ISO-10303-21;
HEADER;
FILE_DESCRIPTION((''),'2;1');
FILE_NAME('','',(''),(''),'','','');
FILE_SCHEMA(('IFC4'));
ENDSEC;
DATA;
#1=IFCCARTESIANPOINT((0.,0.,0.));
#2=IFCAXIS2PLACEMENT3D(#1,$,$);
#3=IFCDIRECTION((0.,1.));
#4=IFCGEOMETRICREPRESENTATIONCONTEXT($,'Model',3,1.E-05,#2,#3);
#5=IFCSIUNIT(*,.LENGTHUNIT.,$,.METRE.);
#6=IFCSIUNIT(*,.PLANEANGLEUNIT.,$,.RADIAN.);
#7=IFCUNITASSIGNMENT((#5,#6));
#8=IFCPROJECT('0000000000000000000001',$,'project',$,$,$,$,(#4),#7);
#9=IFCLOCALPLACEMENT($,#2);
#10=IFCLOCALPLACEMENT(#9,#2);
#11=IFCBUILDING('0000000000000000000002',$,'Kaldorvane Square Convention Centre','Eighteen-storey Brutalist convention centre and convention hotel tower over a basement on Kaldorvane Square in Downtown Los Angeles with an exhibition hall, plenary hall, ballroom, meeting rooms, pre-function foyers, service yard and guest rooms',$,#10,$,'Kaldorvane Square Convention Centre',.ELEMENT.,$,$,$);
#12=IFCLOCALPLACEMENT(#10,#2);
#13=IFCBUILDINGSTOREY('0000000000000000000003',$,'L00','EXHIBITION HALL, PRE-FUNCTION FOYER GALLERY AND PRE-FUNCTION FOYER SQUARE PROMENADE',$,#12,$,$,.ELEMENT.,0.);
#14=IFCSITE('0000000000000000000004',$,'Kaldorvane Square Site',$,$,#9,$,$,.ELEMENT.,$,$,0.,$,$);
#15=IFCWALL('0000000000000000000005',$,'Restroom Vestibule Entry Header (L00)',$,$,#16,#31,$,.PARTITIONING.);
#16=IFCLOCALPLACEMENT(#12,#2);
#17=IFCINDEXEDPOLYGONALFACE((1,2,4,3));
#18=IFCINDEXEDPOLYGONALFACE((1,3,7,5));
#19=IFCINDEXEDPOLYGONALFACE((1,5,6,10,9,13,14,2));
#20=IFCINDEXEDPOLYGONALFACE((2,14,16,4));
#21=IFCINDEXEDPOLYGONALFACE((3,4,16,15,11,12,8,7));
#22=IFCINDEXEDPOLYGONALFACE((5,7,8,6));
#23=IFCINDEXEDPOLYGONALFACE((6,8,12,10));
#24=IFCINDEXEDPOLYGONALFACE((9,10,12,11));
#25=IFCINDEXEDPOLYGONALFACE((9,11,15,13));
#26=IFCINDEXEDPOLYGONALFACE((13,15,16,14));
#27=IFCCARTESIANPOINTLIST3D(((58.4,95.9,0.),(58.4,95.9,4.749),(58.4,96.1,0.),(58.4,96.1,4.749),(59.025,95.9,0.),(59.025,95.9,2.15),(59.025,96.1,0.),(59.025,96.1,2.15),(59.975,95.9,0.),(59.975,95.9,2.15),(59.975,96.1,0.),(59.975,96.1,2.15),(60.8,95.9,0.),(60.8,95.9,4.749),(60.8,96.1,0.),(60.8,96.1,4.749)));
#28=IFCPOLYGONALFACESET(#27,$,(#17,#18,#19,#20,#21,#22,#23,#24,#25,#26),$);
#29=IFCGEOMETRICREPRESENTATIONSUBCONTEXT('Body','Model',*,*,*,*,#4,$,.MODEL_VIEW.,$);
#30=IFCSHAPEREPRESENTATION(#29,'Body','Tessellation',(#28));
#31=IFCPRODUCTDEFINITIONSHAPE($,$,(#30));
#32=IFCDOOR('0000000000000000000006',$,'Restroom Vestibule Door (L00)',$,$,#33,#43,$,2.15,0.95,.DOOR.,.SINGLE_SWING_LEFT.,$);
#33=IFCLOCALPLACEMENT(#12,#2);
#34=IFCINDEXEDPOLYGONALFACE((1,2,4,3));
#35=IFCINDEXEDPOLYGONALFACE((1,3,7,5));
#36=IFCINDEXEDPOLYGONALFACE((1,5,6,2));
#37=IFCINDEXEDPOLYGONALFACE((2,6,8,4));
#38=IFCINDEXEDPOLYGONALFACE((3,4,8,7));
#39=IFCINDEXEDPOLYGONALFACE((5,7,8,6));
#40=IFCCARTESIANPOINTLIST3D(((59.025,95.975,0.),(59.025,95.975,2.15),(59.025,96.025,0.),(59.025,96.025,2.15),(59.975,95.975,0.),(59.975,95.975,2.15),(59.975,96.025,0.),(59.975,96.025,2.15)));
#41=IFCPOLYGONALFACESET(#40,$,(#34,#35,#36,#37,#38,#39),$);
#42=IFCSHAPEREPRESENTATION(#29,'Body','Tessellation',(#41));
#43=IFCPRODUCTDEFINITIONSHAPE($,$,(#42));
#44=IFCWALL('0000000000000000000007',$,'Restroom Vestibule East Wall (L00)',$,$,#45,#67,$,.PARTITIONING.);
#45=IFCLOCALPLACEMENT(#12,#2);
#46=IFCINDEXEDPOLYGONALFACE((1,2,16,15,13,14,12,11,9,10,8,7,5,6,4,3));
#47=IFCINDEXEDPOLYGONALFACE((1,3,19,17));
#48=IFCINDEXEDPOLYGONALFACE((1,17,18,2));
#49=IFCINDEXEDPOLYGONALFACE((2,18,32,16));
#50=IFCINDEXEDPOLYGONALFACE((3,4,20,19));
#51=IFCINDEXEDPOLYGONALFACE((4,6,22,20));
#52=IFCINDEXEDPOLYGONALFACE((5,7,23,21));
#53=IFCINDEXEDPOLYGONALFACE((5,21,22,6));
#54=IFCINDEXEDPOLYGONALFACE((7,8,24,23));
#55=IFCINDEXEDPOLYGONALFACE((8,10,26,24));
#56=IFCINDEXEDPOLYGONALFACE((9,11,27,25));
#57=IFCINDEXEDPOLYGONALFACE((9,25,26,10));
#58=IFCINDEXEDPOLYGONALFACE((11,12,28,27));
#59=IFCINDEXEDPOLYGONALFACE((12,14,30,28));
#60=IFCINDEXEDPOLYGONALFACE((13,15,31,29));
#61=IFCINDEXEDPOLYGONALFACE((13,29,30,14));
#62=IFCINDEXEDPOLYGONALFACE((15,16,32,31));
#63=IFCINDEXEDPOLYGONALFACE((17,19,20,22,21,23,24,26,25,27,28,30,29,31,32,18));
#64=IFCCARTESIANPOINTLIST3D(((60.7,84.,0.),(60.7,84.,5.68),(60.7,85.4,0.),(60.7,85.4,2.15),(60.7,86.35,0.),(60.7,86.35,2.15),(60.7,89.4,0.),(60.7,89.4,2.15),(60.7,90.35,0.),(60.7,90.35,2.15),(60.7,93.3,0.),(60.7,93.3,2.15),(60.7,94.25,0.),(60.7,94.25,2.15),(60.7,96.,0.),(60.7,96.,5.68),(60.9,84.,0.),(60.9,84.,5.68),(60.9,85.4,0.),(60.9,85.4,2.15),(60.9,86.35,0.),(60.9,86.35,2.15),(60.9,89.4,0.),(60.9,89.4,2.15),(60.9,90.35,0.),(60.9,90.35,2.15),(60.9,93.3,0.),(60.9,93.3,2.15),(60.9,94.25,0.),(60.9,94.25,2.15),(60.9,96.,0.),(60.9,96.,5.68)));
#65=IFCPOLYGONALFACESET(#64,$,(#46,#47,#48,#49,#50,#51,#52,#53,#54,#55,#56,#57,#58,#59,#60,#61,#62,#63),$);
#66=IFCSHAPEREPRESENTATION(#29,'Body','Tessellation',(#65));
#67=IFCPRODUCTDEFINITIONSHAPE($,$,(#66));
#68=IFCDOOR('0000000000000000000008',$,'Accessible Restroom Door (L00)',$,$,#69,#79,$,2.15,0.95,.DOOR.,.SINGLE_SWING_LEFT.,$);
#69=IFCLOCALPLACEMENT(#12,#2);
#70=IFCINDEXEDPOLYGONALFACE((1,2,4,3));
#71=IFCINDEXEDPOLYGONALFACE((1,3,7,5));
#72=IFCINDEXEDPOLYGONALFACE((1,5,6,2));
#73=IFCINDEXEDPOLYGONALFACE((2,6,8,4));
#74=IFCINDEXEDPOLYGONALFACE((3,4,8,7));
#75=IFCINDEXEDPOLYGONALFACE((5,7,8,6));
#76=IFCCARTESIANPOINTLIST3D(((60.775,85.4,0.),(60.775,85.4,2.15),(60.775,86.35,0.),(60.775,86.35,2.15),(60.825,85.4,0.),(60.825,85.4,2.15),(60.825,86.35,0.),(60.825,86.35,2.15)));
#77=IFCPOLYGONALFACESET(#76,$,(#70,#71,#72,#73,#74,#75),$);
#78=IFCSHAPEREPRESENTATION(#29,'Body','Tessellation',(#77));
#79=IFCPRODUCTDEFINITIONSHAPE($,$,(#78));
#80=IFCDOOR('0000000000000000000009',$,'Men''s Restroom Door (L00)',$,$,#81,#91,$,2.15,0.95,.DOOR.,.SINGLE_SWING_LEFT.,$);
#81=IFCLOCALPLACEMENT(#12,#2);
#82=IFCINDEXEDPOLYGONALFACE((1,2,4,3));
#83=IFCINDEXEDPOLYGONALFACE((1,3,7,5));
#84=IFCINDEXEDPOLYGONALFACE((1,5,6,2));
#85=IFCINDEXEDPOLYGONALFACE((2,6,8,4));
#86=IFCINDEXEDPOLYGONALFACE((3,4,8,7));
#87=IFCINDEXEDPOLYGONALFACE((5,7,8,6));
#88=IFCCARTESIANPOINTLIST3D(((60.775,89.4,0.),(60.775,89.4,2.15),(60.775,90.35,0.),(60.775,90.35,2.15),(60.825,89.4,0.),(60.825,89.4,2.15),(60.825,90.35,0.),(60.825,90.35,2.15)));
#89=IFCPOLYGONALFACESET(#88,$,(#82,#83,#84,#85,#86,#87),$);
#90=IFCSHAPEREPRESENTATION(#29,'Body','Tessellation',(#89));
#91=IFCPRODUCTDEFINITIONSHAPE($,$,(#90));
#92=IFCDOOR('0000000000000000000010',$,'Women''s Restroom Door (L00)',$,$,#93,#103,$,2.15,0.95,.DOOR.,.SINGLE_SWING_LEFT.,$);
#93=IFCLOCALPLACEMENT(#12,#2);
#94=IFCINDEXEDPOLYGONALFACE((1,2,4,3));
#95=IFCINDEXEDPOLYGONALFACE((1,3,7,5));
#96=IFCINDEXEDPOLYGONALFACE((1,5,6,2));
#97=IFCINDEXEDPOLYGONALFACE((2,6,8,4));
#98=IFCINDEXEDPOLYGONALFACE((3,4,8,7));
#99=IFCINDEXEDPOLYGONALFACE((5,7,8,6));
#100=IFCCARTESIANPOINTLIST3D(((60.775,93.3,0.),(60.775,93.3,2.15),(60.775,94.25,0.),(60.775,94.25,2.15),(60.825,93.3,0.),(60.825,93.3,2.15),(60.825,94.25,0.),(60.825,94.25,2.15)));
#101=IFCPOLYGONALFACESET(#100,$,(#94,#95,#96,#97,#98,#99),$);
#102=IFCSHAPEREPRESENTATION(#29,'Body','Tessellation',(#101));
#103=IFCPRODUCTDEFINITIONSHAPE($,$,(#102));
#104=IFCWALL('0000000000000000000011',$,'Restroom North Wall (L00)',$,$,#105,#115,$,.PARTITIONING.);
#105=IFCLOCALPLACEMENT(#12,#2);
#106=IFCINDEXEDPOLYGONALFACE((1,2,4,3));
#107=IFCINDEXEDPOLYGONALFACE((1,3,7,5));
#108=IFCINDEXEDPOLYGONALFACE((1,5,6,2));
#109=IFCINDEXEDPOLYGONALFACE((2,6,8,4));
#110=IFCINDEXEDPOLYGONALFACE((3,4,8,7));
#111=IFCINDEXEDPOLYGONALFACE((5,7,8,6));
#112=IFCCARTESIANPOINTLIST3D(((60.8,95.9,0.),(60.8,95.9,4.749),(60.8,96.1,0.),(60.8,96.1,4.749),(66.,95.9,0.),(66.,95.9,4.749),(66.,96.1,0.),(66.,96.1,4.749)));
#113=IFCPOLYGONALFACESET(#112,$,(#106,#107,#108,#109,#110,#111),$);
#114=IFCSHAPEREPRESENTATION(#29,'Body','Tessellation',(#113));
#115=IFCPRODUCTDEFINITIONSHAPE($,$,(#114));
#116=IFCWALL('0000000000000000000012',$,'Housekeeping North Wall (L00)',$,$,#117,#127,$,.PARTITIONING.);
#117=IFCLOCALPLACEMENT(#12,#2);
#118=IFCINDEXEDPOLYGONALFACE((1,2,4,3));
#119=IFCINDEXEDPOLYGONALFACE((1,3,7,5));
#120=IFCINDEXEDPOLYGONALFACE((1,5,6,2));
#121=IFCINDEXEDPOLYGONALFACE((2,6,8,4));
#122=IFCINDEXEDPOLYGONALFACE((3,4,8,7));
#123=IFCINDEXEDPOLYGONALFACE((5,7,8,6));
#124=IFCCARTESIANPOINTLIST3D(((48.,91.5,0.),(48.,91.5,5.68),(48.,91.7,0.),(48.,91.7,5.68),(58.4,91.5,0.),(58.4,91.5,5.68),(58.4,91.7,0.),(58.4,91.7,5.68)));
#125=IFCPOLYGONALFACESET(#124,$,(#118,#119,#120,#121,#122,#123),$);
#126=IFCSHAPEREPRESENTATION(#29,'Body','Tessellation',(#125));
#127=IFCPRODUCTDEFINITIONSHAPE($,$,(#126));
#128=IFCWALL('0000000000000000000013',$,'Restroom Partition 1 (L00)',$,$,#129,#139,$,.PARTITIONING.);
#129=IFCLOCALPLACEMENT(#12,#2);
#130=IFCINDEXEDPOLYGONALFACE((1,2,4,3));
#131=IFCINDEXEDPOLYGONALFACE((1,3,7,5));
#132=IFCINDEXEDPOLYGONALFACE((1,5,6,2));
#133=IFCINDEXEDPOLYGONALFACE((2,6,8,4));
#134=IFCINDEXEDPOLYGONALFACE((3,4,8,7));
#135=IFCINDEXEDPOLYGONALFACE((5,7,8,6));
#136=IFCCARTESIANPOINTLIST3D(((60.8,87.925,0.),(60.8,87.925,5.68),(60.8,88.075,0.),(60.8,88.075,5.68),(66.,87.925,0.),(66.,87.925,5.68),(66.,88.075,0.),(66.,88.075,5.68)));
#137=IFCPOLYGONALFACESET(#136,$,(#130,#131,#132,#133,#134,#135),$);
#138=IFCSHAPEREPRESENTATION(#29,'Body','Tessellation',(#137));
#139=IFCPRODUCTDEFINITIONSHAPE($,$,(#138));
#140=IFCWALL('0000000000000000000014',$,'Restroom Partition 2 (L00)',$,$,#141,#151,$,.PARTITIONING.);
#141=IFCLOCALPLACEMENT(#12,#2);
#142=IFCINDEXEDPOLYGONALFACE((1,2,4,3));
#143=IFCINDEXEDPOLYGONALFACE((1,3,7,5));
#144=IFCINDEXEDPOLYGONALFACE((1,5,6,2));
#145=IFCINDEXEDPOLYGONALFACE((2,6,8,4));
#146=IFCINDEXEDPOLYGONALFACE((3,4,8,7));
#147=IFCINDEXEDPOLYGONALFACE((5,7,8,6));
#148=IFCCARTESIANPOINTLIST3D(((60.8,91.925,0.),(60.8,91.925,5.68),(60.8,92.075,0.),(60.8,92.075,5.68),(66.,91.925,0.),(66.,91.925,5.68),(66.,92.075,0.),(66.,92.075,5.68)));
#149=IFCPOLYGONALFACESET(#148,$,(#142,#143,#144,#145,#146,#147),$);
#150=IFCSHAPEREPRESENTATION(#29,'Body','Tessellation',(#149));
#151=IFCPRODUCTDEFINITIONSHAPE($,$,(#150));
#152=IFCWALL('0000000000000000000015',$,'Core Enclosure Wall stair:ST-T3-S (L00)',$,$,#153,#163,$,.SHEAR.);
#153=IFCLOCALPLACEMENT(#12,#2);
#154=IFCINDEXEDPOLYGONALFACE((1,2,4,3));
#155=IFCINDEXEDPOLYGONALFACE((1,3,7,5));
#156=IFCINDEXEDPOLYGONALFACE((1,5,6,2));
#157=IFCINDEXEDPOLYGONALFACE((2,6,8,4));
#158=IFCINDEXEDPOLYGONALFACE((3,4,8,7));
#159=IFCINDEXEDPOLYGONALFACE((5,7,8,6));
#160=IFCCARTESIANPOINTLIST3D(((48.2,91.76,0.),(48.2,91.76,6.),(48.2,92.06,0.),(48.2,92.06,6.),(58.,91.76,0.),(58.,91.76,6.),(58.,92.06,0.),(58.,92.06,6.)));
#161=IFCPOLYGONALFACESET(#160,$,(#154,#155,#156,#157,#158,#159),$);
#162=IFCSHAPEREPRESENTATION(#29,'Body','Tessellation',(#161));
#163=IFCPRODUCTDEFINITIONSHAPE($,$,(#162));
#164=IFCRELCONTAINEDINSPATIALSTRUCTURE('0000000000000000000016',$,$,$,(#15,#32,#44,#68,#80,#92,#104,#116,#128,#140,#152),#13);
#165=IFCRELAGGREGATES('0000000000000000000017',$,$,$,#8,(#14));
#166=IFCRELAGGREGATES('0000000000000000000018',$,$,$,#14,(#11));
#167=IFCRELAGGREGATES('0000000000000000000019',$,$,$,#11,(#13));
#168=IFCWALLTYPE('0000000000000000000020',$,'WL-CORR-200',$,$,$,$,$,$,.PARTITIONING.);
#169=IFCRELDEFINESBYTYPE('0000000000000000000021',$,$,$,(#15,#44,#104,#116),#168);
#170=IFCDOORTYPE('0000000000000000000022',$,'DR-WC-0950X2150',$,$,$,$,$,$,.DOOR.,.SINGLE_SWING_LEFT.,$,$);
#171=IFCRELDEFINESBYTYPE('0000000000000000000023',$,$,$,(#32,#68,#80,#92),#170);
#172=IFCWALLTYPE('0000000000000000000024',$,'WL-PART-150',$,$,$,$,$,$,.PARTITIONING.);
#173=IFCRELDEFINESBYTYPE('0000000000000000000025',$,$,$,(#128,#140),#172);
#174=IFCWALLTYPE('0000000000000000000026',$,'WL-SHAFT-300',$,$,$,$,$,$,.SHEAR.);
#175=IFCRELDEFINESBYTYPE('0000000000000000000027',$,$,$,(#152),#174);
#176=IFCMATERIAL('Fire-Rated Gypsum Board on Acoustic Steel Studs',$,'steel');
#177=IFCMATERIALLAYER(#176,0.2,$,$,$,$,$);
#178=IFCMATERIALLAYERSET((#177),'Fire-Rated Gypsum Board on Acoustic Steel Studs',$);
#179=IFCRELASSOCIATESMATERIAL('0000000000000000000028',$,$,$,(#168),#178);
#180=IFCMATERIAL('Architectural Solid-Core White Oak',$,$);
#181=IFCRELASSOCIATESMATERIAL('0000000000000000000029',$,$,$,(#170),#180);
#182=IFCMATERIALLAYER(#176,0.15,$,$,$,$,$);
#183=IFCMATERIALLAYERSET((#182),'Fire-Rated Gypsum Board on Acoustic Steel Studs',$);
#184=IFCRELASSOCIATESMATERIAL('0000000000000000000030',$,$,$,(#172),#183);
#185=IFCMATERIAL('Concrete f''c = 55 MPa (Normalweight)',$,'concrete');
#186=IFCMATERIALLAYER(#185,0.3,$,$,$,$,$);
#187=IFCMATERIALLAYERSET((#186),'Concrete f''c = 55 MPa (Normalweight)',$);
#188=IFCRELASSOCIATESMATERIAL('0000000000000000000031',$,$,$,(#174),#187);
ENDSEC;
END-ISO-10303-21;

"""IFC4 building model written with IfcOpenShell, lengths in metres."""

from ifc_helpers import new_model, si_unit, direction, frame, frame_2d, origin, place, context, subcontext, project, spatial, rectangle, extrude, material, layer, layer_set, type_object, element, fill, save


model = new_model("IFC4")

# Units and contexts
model_context = context("Model", 3, precision=1e-05, world=origin(), true_north=direction((0.0, 1.0)))
body_context = subcontext(model_context, "Body", "Model", "MODEL_VIEW")
ifc_project = project(units=[si_unit("LENGTHUNIT", "METRE"), si_unit("PLANEANGLEUNIT", "RADIAN")], contexts=[model_context])

# Site, building, storey
site_placement = place(None, origin())
site = spatial("IfcSite", under=ifc_project, at=site_placement, Name="Kaldorvane Square Site", CompositionType="ELEMENT", RefElevation=0.0)
building_placement = place(site_placement, origin())
building = spatial("IfcBuilding", under=site, at=building_placement, Name="Kaldorvane Square Convention Centre", Description="Eighteen-storey Brutalist convention centre and convention hotel tower over a basement on Kaldorvane Square in Downtown Los Angeles with an exhibition hall, plenary hall, ballroom, meeting rooms, pre-function foyers, service yard and guest rooms", LongName="Kaldorvane Square Convention Centre", CompositionType="ELEMENT")
storey_placement = place(building_placement, origin())
storey = spatial("IfcBuildingStorey", under=building, at=storey_placement, Name="L00", Description="EXHIBITION HALL, PRE-FUNCTION FOYER GALLERY AND PRE-FUNCTION FOYER SQUARE PROMENADE", CompositionType="ELEMENT", Elevation=0.0)

# Wall, opening, door
ifc_material_1 = material(Name="Fire-Rated Gypsum Board on Acoustic Steel Studs", Category="steel")
ifc_layer_1 = layer(ifc_material_1, 0.2)
ifc_layer_set_1 = layer_set([ifc_layer_1], Name="Fire-Rated Gypsum Board on Acoustic Steel Studs")
wall_type_1 = type_object("IfcWallType", Name="WL-CORR-200", PredefinedType="PARTITIONING", material=ifc_layer_set_1)
wall_1_placement = place(storey_placement, frame((58.4, 96.0, 0.0), z_axis=(0.0, 0.0, 1.0), x_axis=(1.0, 0.0, 0.0)))
wall_1 = element("IfcWall", 1, at=wall_1_placement, inside=storey, type_object=wall_type_1, Name="Restroom Vestibule Entry Header (L00)", PredefinedType="PARTITIONING", context=body_context, shape_type="SweptSolid", body=[
    extrude(rectangle(XDim=2.4, YDim=0.2, at=frame_2d((1.2, 0.0))), origin(), (0.0, 0.0, 1.0), 4.749),
])
opening_1_placement = place(wall_1_placement, frame((0.625, 0.0, 0.0)))
opening_1 = element("IfcOpeningElement", 2, at=opening_1_placement, cuts=wall_1, PredefinedType="OPENING", context=body_context, shape_type="SweptSolid", body=[
    extrude(rectangle(XDim=0.95, YDim=2.15, at=frame_2d((0.475, 1.075))), frame((0.0, 0.115, 0.0), z_axis=(0.0, -1.0, 0.0), x_axis=(1.0, 0.0, 0.0)), (0.0, 0.0, 1.0), 0.23),
])
ifc_material_2 = material(Name="Architectural Solid-Core White Oak")
door_type_1 = type_object("IfcDoorType", Name="DR-WC-0950X2150", OperationType="SINGLE_SWING_LEFT", PredefinedType="DOOR", material=ifc_material_2)
door_1_placement = place(opening_1_placement, origin())
door_1 = element("IfcDoor", 3, at=door_1_placement, inside=storey, type_object=door_type_1, Name="Restroom Vestibule Door (L00)", OperationType="SINGLE_SWING_LEFT", OverallHeight=2.15, OverallWidth=0.95, PredefinedType="DOOR", context=body_context, shape_type="SweptSolid", body=[
    extrude(rectangle(XDim=0.95, YDim=2.15, at=frame_2d((0.475, 1.075))), frame((0.0, 0.025, 0.0), z_axis=(0.0, -1.0, 0.0), x_axis=(1.0, 0.0, 0.0)), (0.0, 0.0, 1.0), 0.05),
])
fill(opening_1, door_1)

# Wall, openings, doors
wall_2_placement = place(storey_placement, frame((60.8, 84.0, 0.0), z_axis=(0.0, 0.0, 1.0), x_axis=(0.0, 1.0, 0.0)))
wall_2 = element("IfcWall", 4, at=wall_2_placement, inside=storey, type_object=wall_type_1, Name="Restroom Vestibule East Wall (L00)", PredefinedType="PARTITIONING", context=body_context, shape_type="SweptSolid", body=[
    extrude(rectangle(XDim=12.0, YDim=0.2, at=frame_2d((6.0, 0.0))), origin(), (0.0, 0.0, 1.0), 5.68),
])
opening_2_placement = place(wall_2_placement, frame((1.4, 0.0, 0.0)))
opening_2 = element("IfcOpeningElement", 5, at=opening_2_placement, cuts=wall_2, PredefinedType="OPENING", context=body_context, shape_type="SweptSolid", body=[
    extrude(rectangle(XDim=0.95, YDim=2.15, at=frame_2d((0.475, 1.075))), frame((0.0, 0.115, 0.0), z_axis=(0.0, -1.0, 0.0), x_axis=(1.0, 0.0, 0.0)), (0.0, 0.0, 1.0), 0.23),
])
opening_3_placement = place(wall_2_placement, frame((5.4, 0.0, 0.0)))
opening_3 = element("IfcOpeningElement", 6, at=opening_3_placement, cuts=wall_2, PredefinedType="OPENING", context=body_context, shape_type="SweptSolid", body=[
    extrude(rectangle(XDim=0.95, YDim=2.15, at=frame_2d((0.475, 1.075))), frame((0.0, 0.115, 0.0), z_axis=(0.0, -1.0, 0.0), x_axis=(1.0, 0.0, 0.0)), (0.0, 0.0, 1.0), 0.23),
])
opening_4_placement = place(wall_2_placement, frame((9.3, 0.0, 0.0)))
opening_4 = element("IfcOpeningElement", 7, at=opening_4_placement, cuts=wall_2, PredefinedType="OPENING", context=body_context, shape_type="SweptSolid", body=[
    extrude(rectangle(XDim=0.95, YDim=2.15, at=frame_2d((0.475, 1.075))), frame((0.0, 0.115, 0.0), z_axis=(0.0, -1.0, 0.0), x_axis=(1.0, 0.0, 0.0)), (0.0, 0.0, 1.0), 0.23),
])
door_2_placement = place(opening_2_placement, origin())
door_2 = element("IfcDoor", 8, at=door_2_placement, inside=storey, type_object=door_type_1, Name="Accessible Restroom Door (L00)", OperationType="SINGLE_SWING_LEFT", OverallHeight=2.15, OverallWidth=0.95, PredefinedType="DOOR", context=body_context, shape_type="SweptSolid", body=[
    extrude(rectangle(XDim=0.95, YDim=2.15, at=frame_2d((0.475, 1.075))), frame((0.0, 0.025, 0.0), z_axis=(0.0, -1.0, 0.0), x_axis=(1.0, 0.0, 0.0)), (0.0, 0.0, 1.0), 0.05),
])
fill(opening_2, door_2)
door_3_placement = place(opening_3_placement, origin())
door_3 = element("IfcDoor", 9, at=door_3_placement, inside=storey, type_object=door_type_1, Name="Men's Restroom Door (L00)", OperationType="SINGLE_SWING_LEFT", OverallHeight=2.15, OverallWidth=0.95, PredefinedType="DOOR", context=body_context, shape_type="SweptSolid", body=[
    extrude(rectangle(XDim=0.95, YDim=2.15, at=frame_2d((0.475, 1.075))), frame((0.0, 0.025, 0.0), z_axis=(0.0, -1.0, 0.0), x_axis=(1.0, 0.0, 0.0)), (0.0, 0.0, 1.0), 0.05),
])
fill(opening_3, door_3)
door_4_placement = place(opening_4_placement, origin())
door_4 = element("IfcDoor", 10, at=door_4_placement, inside=storey, type_object=door_type_1, Name="Women's Restroom Door (L00)", OperationType="SINGLE_SWING_LEFT", OverallHeight=2.15, OverallWidth=0.95, PredefinedType="DOOR", context=body_context, shape_type="SweptSolid", body=[
    extrude(rectangle(XDim=0.95, YDim=2.15, at=frame_2d((0.475, 1.075))), frame((0.0, 0.025, 0.0), z_axis=(0.0, -1.0, 0.0), x_axis=(1.0, 0.0, 0.0)), (0.0, 0.0, 1.0), 0.05),
])
fill(opening_4, door_4)

# Walls
wall_3_placement = place(storey_placement, frame((60.8, 96.0, 0.0), z_axis=(0.0, 0.0, 1.0), x_axis=(1.0, 0.0, 0.0)))
element("IfcWall", 11, at=wall_3_placement, inside=storey, type_object=wall_type_1, Name="Restroom North Wall (L00)", PredefinedType="PARTITIONING", context=body_context, shape_type="SweptSolid", body=[
    extrude(rectangle(XDim=5.2, YDim=0.2, at=frame_2d((2.6, 0.0))), origin(), (0.0, 0.0, 1.0), 4.749),
])
wall_4_placement = place(storey_placement, frame((48.0, 91.6, 0.0), z_axis=(0.0, 0.0, 1.0), x_axis=(1.0, 0.0, 0.0)))
element("IfcWall", 12, at=wall_4_placement, inside=storey, type_object=wall_type_1, Name="Housekeeping North Wall (L00)", PredefinedType="PARTITIONING", context=body_context, shape_type="SweptSolid", body=[
    extrude(rectangle(XDim=10.4, YDim=0.2, at=frame_2d((5.2, 0.0))), origin(), (0.0, 0.0, 1.0), 5.68),
])
ifc_layer_2 = layer(ifc_material_1, 0.15)
ifc_layer_set_2 = layer_set([ifc_layer_2], Name="Fire-Rated Gypsum Board on Acoustic Steel Studs")
wall_type_2 = type_object("IfcWallType", Name="WL-PART-150", PredefinedType="PARTITIONING", material=ifc_layer_set_2)
for number, where, z_axis, x_axis, name in (
    (13, (60.8, 88.0, 0.0), (0.0, 0.0, 1.0), (1.0, 0.0, 0.0), "Restroom Partition 1 (L00)"),
    (14, (60.8, 92.0, 0.0), (0.0, 0.0, 1.0), (1.0, 0.0, 0.0), "Restroom Partition 2 (L00)"),
):
    element("IfcWall", number, at=place(storey_placement, frame(where, z_axis=z_axis, x_axis=x_axis)), inside=storey, type_object=wall_type_2, Name=name, PredefinedType="PARTITIONING", context=body_context, shape_type="SweptSolid", body=[
        extrude(rectangle(XDim=5.2, YDim=0.15, at=frame_2d((2.6, 0.0))), origin(), (0.0, 0.0, 1.0), 5.68),
    ])
ifc_material_3 = material(Name="Concrete f'c = 55 MPa (Normalweight)", Category="concrete")
ifc_layer_3 = layer(ifc_material_3, 0.3)
ifc_layer_set_3 = layer_set([ifc_layer_3], Name="Concrete f'c = 55 MPa (Normalweight)")
wall_type_3 = type_object("IfcWallType", Name="WL-SHAFT-300", PredefinedType="SHEAR", material=ifc_layer_set_3)
wall_5_placement = place(storey_placement, frame((48.2, 91.91, 0.0), z_axis=(0.0, 0.0, 1.0), x_axis=(1.0, 0.0, 0.0)))
element("IfcWall", 15, at=wall_5_placement, inside=storey, type_object=wall_type_3, Name="Core Enclosure Wall stair:ST-T3-S (L00)", PredefinedType="SHEAR", context=body_context, shape_type="SweptSolid", body=[
    extrude(rectangle(XDim=9.8, YDim=0.3, at=frame_2d((4.9, 0.0))), origin(), (0.0, 0.0, 1.0), 6.0),
])

save(model, "model.ifc")
